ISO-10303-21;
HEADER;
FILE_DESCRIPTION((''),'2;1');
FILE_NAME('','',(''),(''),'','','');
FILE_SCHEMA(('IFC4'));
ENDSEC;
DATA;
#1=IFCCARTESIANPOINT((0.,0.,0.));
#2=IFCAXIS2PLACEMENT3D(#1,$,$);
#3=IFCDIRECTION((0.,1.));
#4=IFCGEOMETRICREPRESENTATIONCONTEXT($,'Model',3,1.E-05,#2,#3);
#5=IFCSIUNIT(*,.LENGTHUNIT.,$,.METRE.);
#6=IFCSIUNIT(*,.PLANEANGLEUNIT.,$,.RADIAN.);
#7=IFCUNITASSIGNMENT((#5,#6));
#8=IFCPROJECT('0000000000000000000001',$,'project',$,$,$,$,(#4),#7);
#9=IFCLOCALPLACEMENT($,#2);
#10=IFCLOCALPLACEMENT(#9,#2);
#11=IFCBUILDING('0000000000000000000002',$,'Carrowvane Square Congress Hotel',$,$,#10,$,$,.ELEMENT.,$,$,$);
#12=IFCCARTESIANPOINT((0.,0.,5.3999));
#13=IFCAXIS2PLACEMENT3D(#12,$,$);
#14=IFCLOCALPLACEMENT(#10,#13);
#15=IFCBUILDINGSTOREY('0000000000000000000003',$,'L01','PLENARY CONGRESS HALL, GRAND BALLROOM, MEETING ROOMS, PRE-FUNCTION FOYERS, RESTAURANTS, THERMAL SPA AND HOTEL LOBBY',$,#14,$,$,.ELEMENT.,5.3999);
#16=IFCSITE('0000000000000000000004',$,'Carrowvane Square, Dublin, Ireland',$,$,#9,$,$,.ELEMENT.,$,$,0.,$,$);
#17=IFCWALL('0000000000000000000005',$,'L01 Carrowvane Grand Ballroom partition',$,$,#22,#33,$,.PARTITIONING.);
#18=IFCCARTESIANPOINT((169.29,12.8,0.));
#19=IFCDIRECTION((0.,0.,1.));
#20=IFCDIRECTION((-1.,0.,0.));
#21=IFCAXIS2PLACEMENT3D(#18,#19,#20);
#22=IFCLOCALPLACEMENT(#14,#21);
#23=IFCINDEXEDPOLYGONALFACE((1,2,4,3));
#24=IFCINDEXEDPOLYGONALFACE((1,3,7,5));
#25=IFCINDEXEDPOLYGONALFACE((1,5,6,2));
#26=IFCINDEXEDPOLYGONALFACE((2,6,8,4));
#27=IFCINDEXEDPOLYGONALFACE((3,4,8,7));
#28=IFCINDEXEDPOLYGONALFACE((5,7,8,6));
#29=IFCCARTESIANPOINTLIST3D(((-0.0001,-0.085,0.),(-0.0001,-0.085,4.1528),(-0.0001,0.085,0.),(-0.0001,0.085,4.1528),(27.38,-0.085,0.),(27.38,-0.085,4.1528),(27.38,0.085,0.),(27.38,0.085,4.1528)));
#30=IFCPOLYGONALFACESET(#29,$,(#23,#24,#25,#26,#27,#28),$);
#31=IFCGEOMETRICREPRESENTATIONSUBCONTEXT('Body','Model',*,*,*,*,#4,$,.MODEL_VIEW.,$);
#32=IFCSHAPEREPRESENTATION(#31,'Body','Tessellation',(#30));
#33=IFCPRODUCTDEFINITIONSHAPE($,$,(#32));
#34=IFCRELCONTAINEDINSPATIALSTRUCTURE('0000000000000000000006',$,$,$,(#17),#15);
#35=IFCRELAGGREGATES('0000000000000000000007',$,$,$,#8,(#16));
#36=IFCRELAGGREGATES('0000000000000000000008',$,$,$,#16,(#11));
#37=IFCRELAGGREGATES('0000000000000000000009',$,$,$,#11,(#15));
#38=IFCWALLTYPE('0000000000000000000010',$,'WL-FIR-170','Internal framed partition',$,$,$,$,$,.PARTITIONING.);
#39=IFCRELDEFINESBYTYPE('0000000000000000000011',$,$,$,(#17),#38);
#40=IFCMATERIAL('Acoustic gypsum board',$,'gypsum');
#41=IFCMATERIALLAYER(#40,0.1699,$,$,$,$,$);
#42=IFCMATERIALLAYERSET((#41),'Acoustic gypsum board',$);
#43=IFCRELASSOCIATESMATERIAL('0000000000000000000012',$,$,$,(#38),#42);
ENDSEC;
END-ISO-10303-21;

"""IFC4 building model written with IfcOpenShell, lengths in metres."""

from ifc_helpers import new_model, si_unit, direction, frame, frame_2d, origin, place, context, subcontext, project, spatial, rectangle, extrude, material, layer, layer_set, type_object, element, save


model = new_model("IFC4")

# Units and contexts
model_context = context("Model", 3, precision=1e-05, world=origin(), true_north=direction((0.0, 1.0)))
body_context = subcontext(model_context, "Body", "Model", "MODEL_VIEW")
ifc_project = project(units=[si_unit("LENGTHUNIT", "METRE"), si_unit("PLANEANGLEUNIT", "RADIAN")], contexts=[model_context])

# Site, building, storey
site_placement = place(None, origin())
site = spatial("IfcSite", under=ifc_project, at=site_placement, Name="Carrowvane Square, Dublin, Ireland", CompositionType="ELEMENT", RefElevation=0.0)
building_placement = place(site_placement, origin())
building = spatial("IfcBuilding", under=site, at=building_placement, Name="Carrowvane Square Congress Hotel", CompositionType="ELEMENT")
storey_placement = place(building_placement, frame((0.0, 0.0, 5.3999)))
storey = spatial("IfcBuildingStorey", under=building, at=storey_placement, Name="L01", Description="PLENARY CONGRESS HALL, GRAND BALLROOM, MEETING ROOMS, PRE-FUNCTION FOYERS, RESTAURANTS, THERMAL SPA AND HOTEL LOBBY", CompositionType="ELEMENT", Elevation=5.3999)

# Wall
ifc_material_1 = material(Name="Acoustic gypsum board", Category="gypsum")
ifc_layer_1 = layer(ifc_material_1, 0.1699)
ifc_layer_set_1 = layer_set([ifc_layer_1], Name="Acoustic gypsum board")
wall_type_1 = type_object("IfcWallType", Name="WL-FIR-170", Description="Internal framed partition", PredefinedType="PARTITIONING", material=ifc_layer_set_1)
wall_1_placement = place(storey_placement, frame((169.29, 12.8, 0.0), z_axis=(0.0, 0.0, 1.0), x_axis=(-1.0, 0.0, 0.0)))
element("IfcWall", 1, at=wall_1_placement, inside=storey, type_object=wall_type_1, Name="L01 Carrowvane Grand Ballroom partition", PredefinedType="PARTITIONING", context=body_context, shape_type="SweptSolid", body=[
    extrude(rectangle(XDim=27.3801, YDim=0.1699, at=frame_2d((13.6899, 0.0))), origin(), (0.0, 0.0, 1.0), 4.1528),
])

save(model, "model.ifc")
